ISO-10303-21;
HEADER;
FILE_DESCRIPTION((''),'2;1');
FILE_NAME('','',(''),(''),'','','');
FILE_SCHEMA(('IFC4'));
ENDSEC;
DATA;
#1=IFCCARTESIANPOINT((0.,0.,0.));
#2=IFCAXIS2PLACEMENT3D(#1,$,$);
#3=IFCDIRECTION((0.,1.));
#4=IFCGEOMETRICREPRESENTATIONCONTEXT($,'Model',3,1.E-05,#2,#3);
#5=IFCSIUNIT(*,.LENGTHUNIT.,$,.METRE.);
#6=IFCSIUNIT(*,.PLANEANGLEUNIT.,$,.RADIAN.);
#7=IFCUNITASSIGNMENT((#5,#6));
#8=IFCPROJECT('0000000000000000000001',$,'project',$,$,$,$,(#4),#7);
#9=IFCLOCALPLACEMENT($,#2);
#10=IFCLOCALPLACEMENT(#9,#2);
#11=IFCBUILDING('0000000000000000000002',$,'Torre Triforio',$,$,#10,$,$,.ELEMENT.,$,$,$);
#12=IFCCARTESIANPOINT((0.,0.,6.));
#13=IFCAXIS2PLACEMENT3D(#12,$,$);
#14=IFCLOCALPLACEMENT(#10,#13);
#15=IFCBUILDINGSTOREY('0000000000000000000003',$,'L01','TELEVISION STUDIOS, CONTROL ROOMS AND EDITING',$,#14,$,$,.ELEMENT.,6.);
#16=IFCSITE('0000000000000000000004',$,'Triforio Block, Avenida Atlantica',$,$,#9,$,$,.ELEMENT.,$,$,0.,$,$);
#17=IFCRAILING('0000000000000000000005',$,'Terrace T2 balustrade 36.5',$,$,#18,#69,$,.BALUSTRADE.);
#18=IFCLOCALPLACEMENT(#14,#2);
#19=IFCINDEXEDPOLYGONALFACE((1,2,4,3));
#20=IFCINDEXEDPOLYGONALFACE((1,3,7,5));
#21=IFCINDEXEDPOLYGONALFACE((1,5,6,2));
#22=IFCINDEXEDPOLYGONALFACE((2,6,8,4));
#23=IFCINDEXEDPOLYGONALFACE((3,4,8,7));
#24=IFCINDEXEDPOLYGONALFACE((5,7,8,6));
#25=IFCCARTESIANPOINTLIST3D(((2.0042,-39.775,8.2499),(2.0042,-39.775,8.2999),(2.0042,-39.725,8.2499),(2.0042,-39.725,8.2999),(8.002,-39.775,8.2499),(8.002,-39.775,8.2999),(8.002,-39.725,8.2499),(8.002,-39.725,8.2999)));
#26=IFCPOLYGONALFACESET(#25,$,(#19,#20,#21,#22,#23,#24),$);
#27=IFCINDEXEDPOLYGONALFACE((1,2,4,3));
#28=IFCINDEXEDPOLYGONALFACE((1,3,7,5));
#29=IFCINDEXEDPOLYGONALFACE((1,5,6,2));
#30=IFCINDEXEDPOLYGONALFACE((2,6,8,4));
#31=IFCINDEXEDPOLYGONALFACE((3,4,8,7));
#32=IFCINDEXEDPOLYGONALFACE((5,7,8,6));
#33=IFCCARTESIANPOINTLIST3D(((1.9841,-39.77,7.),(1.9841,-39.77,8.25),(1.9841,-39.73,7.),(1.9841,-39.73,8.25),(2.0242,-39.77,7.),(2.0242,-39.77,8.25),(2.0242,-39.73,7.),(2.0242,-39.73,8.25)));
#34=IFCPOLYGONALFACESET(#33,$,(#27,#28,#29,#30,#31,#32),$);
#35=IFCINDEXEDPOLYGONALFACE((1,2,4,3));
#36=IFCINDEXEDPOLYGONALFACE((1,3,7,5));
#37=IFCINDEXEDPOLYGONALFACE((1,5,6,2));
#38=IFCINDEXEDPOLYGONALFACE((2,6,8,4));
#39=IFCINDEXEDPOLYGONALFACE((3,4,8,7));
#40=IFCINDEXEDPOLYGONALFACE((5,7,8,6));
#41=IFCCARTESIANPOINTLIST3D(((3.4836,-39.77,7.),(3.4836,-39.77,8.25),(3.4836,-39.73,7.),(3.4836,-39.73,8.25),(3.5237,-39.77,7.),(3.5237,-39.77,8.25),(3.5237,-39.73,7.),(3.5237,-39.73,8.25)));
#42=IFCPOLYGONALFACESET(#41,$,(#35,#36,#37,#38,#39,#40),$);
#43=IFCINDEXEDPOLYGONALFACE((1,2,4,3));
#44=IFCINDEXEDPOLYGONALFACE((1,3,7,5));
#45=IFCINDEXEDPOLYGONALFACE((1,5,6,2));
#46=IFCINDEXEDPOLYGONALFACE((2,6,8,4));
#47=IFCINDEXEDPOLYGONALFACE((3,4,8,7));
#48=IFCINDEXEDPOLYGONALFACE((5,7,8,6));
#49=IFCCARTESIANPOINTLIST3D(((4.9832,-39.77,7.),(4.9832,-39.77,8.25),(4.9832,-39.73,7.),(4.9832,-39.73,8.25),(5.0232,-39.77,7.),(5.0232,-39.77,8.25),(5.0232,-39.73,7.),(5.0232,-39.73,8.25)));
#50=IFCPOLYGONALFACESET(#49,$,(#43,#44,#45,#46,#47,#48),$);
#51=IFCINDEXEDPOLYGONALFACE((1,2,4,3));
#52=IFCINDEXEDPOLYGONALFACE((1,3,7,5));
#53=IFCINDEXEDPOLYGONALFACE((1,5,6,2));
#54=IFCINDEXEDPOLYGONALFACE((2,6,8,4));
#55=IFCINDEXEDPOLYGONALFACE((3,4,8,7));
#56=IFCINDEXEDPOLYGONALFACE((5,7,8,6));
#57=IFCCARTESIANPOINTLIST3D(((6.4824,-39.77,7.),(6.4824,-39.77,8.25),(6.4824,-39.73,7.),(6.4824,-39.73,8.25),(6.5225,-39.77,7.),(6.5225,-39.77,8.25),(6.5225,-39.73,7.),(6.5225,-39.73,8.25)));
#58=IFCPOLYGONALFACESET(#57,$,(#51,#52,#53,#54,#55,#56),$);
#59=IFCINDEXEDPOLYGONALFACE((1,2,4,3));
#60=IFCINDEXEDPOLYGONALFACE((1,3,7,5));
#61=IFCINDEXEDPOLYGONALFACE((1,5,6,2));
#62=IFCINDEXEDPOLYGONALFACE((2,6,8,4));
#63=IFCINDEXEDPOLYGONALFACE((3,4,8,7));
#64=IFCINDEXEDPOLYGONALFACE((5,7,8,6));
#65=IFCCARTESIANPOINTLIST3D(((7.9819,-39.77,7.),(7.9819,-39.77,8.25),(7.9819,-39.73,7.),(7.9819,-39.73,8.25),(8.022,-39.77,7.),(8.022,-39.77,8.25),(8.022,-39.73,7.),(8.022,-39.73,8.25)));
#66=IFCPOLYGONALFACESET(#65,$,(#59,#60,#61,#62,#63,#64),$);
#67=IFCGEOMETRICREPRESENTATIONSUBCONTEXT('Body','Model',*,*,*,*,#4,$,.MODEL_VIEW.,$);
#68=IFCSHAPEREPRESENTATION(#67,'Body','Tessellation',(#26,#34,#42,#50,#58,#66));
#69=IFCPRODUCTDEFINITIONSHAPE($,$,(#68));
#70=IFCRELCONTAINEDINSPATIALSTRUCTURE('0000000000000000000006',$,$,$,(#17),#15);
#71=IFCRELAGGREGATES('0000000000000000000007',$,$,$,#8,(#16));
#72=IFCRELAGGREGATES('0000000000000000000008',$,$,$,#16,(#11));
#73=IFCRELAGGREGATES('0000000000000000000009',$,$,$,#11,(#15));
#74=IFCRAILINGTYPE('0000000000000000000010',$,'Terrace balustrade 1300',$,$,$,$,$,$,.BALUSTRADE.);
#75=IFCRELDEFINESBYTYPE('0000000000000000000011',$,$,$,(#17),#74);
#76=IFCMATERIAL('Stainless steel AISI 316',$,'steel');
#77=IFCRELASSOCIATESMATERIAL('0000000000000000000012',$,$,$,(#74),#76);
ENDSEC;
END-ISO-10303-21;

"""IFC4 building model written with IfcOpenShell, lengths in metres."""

from ifc_helpers import new_model, si_unit, direction, frame, origin, origin_2d, place, context, subcontext, project, spatial, rectangle, extrude, material, type_object, element, save


model = new_model("IFC4")

# Units and contexts
model_context = context("Model", 3, precision=1e-05, world=origin(), true_north=direction((0.0, 1.0)))
body_context = subcontext(model_context, "Body", "Model", "MODEL_VIEW")
ifc_project = project(units=[si_unit("LENGTHUNIT", "METRE"), si_unit("PLANEANGLEUNIT", "RADIAN")], contexts=[model_context])

# Site, building, storey
site_placement = place(None, origin())
site = spatial("IfcSite", under=ifc_project, at=site_placement, Name="Triforio Block, Avenida Atlantica", CompositionType="ELEMENT", RefElevation=0.0)
building_placement = place(site_placement, origin())
building = spatial("IfcBuilding", under=site, at=building_placement, Name="Torre Triforio", CompositionType="ELEMENT")
storey_placement = place(building_placement, frame((0.0, 0.0, 6.0)))
storey = spatial("IfcBuildingStorey", under=building, at=storey_placement, Name="L01", Description="TELEVISION STUDIOS, CONTROL ROOMS AND EDITING", CompositionType="ELEMENT", Elevation=6.0)

# Railing
ifc_material_1 = material(Name="Stainless steel AISI 316", Category="steel")
railing_type = type_object("IfcRailingType", Name="Terrace balustrade 1300", PredefinedType="BALUSTRADE", material=ifc_material_1)
railing_placement = place(storey_placement, frame((2.0042, -39.75, 7.0)))
element("IfcRailing", 1, at=railing_placement, inside=storey, type_object=railing_type, Name="Terrace T2 balustrade 36.5", PredefinedType="BALUSTRADE", context=body_context, shape_type="SweptSolid", body=[
    extrude(rectangle(XDim=0.05, YDim=0.05, at=origin_2d()), frame((0.0, 0.0, 1.2749), z_axis=(1.0, 0.0, 0.0), x_axis=(0.0, 1.0, 0.0)), (0.0, 0.0, 1.0), 5.9978),
    extrude(rectangle(XDim=0.04, YDim=0.04, at=origin_2d()), origin(), (0.0, 0.0, 1.0), 1.25),
    extrude(rectangle(XDim=0.04, YDim=0.04, at=origin_2d()), frame((1.4995, 0.0, 0.0)), (0.0, 0.0, 1.0), 1.25),
    extrude(rectangle(XDim=0.04, YDim=0.04, at=origin_2d()), frame((2.999, 0.0, 0.0)), (0.0, 0.0, 1.0), 1.25),
    extrude(rectangle(XDim=0.04, YDim=0.04, at=origin_2d()), frame((4.4983, 0.0, 0.0)), (0.0, 0.0, 1.0), 1.25),
    extrude(rectangle(XDim=0.04, YDim=0.04, at=origin_2d()), frame((5.9978, 0.0, 0.0)), (0.0, 0.0, 1.0), 1.25),
])

save(model, "model.ifc")
